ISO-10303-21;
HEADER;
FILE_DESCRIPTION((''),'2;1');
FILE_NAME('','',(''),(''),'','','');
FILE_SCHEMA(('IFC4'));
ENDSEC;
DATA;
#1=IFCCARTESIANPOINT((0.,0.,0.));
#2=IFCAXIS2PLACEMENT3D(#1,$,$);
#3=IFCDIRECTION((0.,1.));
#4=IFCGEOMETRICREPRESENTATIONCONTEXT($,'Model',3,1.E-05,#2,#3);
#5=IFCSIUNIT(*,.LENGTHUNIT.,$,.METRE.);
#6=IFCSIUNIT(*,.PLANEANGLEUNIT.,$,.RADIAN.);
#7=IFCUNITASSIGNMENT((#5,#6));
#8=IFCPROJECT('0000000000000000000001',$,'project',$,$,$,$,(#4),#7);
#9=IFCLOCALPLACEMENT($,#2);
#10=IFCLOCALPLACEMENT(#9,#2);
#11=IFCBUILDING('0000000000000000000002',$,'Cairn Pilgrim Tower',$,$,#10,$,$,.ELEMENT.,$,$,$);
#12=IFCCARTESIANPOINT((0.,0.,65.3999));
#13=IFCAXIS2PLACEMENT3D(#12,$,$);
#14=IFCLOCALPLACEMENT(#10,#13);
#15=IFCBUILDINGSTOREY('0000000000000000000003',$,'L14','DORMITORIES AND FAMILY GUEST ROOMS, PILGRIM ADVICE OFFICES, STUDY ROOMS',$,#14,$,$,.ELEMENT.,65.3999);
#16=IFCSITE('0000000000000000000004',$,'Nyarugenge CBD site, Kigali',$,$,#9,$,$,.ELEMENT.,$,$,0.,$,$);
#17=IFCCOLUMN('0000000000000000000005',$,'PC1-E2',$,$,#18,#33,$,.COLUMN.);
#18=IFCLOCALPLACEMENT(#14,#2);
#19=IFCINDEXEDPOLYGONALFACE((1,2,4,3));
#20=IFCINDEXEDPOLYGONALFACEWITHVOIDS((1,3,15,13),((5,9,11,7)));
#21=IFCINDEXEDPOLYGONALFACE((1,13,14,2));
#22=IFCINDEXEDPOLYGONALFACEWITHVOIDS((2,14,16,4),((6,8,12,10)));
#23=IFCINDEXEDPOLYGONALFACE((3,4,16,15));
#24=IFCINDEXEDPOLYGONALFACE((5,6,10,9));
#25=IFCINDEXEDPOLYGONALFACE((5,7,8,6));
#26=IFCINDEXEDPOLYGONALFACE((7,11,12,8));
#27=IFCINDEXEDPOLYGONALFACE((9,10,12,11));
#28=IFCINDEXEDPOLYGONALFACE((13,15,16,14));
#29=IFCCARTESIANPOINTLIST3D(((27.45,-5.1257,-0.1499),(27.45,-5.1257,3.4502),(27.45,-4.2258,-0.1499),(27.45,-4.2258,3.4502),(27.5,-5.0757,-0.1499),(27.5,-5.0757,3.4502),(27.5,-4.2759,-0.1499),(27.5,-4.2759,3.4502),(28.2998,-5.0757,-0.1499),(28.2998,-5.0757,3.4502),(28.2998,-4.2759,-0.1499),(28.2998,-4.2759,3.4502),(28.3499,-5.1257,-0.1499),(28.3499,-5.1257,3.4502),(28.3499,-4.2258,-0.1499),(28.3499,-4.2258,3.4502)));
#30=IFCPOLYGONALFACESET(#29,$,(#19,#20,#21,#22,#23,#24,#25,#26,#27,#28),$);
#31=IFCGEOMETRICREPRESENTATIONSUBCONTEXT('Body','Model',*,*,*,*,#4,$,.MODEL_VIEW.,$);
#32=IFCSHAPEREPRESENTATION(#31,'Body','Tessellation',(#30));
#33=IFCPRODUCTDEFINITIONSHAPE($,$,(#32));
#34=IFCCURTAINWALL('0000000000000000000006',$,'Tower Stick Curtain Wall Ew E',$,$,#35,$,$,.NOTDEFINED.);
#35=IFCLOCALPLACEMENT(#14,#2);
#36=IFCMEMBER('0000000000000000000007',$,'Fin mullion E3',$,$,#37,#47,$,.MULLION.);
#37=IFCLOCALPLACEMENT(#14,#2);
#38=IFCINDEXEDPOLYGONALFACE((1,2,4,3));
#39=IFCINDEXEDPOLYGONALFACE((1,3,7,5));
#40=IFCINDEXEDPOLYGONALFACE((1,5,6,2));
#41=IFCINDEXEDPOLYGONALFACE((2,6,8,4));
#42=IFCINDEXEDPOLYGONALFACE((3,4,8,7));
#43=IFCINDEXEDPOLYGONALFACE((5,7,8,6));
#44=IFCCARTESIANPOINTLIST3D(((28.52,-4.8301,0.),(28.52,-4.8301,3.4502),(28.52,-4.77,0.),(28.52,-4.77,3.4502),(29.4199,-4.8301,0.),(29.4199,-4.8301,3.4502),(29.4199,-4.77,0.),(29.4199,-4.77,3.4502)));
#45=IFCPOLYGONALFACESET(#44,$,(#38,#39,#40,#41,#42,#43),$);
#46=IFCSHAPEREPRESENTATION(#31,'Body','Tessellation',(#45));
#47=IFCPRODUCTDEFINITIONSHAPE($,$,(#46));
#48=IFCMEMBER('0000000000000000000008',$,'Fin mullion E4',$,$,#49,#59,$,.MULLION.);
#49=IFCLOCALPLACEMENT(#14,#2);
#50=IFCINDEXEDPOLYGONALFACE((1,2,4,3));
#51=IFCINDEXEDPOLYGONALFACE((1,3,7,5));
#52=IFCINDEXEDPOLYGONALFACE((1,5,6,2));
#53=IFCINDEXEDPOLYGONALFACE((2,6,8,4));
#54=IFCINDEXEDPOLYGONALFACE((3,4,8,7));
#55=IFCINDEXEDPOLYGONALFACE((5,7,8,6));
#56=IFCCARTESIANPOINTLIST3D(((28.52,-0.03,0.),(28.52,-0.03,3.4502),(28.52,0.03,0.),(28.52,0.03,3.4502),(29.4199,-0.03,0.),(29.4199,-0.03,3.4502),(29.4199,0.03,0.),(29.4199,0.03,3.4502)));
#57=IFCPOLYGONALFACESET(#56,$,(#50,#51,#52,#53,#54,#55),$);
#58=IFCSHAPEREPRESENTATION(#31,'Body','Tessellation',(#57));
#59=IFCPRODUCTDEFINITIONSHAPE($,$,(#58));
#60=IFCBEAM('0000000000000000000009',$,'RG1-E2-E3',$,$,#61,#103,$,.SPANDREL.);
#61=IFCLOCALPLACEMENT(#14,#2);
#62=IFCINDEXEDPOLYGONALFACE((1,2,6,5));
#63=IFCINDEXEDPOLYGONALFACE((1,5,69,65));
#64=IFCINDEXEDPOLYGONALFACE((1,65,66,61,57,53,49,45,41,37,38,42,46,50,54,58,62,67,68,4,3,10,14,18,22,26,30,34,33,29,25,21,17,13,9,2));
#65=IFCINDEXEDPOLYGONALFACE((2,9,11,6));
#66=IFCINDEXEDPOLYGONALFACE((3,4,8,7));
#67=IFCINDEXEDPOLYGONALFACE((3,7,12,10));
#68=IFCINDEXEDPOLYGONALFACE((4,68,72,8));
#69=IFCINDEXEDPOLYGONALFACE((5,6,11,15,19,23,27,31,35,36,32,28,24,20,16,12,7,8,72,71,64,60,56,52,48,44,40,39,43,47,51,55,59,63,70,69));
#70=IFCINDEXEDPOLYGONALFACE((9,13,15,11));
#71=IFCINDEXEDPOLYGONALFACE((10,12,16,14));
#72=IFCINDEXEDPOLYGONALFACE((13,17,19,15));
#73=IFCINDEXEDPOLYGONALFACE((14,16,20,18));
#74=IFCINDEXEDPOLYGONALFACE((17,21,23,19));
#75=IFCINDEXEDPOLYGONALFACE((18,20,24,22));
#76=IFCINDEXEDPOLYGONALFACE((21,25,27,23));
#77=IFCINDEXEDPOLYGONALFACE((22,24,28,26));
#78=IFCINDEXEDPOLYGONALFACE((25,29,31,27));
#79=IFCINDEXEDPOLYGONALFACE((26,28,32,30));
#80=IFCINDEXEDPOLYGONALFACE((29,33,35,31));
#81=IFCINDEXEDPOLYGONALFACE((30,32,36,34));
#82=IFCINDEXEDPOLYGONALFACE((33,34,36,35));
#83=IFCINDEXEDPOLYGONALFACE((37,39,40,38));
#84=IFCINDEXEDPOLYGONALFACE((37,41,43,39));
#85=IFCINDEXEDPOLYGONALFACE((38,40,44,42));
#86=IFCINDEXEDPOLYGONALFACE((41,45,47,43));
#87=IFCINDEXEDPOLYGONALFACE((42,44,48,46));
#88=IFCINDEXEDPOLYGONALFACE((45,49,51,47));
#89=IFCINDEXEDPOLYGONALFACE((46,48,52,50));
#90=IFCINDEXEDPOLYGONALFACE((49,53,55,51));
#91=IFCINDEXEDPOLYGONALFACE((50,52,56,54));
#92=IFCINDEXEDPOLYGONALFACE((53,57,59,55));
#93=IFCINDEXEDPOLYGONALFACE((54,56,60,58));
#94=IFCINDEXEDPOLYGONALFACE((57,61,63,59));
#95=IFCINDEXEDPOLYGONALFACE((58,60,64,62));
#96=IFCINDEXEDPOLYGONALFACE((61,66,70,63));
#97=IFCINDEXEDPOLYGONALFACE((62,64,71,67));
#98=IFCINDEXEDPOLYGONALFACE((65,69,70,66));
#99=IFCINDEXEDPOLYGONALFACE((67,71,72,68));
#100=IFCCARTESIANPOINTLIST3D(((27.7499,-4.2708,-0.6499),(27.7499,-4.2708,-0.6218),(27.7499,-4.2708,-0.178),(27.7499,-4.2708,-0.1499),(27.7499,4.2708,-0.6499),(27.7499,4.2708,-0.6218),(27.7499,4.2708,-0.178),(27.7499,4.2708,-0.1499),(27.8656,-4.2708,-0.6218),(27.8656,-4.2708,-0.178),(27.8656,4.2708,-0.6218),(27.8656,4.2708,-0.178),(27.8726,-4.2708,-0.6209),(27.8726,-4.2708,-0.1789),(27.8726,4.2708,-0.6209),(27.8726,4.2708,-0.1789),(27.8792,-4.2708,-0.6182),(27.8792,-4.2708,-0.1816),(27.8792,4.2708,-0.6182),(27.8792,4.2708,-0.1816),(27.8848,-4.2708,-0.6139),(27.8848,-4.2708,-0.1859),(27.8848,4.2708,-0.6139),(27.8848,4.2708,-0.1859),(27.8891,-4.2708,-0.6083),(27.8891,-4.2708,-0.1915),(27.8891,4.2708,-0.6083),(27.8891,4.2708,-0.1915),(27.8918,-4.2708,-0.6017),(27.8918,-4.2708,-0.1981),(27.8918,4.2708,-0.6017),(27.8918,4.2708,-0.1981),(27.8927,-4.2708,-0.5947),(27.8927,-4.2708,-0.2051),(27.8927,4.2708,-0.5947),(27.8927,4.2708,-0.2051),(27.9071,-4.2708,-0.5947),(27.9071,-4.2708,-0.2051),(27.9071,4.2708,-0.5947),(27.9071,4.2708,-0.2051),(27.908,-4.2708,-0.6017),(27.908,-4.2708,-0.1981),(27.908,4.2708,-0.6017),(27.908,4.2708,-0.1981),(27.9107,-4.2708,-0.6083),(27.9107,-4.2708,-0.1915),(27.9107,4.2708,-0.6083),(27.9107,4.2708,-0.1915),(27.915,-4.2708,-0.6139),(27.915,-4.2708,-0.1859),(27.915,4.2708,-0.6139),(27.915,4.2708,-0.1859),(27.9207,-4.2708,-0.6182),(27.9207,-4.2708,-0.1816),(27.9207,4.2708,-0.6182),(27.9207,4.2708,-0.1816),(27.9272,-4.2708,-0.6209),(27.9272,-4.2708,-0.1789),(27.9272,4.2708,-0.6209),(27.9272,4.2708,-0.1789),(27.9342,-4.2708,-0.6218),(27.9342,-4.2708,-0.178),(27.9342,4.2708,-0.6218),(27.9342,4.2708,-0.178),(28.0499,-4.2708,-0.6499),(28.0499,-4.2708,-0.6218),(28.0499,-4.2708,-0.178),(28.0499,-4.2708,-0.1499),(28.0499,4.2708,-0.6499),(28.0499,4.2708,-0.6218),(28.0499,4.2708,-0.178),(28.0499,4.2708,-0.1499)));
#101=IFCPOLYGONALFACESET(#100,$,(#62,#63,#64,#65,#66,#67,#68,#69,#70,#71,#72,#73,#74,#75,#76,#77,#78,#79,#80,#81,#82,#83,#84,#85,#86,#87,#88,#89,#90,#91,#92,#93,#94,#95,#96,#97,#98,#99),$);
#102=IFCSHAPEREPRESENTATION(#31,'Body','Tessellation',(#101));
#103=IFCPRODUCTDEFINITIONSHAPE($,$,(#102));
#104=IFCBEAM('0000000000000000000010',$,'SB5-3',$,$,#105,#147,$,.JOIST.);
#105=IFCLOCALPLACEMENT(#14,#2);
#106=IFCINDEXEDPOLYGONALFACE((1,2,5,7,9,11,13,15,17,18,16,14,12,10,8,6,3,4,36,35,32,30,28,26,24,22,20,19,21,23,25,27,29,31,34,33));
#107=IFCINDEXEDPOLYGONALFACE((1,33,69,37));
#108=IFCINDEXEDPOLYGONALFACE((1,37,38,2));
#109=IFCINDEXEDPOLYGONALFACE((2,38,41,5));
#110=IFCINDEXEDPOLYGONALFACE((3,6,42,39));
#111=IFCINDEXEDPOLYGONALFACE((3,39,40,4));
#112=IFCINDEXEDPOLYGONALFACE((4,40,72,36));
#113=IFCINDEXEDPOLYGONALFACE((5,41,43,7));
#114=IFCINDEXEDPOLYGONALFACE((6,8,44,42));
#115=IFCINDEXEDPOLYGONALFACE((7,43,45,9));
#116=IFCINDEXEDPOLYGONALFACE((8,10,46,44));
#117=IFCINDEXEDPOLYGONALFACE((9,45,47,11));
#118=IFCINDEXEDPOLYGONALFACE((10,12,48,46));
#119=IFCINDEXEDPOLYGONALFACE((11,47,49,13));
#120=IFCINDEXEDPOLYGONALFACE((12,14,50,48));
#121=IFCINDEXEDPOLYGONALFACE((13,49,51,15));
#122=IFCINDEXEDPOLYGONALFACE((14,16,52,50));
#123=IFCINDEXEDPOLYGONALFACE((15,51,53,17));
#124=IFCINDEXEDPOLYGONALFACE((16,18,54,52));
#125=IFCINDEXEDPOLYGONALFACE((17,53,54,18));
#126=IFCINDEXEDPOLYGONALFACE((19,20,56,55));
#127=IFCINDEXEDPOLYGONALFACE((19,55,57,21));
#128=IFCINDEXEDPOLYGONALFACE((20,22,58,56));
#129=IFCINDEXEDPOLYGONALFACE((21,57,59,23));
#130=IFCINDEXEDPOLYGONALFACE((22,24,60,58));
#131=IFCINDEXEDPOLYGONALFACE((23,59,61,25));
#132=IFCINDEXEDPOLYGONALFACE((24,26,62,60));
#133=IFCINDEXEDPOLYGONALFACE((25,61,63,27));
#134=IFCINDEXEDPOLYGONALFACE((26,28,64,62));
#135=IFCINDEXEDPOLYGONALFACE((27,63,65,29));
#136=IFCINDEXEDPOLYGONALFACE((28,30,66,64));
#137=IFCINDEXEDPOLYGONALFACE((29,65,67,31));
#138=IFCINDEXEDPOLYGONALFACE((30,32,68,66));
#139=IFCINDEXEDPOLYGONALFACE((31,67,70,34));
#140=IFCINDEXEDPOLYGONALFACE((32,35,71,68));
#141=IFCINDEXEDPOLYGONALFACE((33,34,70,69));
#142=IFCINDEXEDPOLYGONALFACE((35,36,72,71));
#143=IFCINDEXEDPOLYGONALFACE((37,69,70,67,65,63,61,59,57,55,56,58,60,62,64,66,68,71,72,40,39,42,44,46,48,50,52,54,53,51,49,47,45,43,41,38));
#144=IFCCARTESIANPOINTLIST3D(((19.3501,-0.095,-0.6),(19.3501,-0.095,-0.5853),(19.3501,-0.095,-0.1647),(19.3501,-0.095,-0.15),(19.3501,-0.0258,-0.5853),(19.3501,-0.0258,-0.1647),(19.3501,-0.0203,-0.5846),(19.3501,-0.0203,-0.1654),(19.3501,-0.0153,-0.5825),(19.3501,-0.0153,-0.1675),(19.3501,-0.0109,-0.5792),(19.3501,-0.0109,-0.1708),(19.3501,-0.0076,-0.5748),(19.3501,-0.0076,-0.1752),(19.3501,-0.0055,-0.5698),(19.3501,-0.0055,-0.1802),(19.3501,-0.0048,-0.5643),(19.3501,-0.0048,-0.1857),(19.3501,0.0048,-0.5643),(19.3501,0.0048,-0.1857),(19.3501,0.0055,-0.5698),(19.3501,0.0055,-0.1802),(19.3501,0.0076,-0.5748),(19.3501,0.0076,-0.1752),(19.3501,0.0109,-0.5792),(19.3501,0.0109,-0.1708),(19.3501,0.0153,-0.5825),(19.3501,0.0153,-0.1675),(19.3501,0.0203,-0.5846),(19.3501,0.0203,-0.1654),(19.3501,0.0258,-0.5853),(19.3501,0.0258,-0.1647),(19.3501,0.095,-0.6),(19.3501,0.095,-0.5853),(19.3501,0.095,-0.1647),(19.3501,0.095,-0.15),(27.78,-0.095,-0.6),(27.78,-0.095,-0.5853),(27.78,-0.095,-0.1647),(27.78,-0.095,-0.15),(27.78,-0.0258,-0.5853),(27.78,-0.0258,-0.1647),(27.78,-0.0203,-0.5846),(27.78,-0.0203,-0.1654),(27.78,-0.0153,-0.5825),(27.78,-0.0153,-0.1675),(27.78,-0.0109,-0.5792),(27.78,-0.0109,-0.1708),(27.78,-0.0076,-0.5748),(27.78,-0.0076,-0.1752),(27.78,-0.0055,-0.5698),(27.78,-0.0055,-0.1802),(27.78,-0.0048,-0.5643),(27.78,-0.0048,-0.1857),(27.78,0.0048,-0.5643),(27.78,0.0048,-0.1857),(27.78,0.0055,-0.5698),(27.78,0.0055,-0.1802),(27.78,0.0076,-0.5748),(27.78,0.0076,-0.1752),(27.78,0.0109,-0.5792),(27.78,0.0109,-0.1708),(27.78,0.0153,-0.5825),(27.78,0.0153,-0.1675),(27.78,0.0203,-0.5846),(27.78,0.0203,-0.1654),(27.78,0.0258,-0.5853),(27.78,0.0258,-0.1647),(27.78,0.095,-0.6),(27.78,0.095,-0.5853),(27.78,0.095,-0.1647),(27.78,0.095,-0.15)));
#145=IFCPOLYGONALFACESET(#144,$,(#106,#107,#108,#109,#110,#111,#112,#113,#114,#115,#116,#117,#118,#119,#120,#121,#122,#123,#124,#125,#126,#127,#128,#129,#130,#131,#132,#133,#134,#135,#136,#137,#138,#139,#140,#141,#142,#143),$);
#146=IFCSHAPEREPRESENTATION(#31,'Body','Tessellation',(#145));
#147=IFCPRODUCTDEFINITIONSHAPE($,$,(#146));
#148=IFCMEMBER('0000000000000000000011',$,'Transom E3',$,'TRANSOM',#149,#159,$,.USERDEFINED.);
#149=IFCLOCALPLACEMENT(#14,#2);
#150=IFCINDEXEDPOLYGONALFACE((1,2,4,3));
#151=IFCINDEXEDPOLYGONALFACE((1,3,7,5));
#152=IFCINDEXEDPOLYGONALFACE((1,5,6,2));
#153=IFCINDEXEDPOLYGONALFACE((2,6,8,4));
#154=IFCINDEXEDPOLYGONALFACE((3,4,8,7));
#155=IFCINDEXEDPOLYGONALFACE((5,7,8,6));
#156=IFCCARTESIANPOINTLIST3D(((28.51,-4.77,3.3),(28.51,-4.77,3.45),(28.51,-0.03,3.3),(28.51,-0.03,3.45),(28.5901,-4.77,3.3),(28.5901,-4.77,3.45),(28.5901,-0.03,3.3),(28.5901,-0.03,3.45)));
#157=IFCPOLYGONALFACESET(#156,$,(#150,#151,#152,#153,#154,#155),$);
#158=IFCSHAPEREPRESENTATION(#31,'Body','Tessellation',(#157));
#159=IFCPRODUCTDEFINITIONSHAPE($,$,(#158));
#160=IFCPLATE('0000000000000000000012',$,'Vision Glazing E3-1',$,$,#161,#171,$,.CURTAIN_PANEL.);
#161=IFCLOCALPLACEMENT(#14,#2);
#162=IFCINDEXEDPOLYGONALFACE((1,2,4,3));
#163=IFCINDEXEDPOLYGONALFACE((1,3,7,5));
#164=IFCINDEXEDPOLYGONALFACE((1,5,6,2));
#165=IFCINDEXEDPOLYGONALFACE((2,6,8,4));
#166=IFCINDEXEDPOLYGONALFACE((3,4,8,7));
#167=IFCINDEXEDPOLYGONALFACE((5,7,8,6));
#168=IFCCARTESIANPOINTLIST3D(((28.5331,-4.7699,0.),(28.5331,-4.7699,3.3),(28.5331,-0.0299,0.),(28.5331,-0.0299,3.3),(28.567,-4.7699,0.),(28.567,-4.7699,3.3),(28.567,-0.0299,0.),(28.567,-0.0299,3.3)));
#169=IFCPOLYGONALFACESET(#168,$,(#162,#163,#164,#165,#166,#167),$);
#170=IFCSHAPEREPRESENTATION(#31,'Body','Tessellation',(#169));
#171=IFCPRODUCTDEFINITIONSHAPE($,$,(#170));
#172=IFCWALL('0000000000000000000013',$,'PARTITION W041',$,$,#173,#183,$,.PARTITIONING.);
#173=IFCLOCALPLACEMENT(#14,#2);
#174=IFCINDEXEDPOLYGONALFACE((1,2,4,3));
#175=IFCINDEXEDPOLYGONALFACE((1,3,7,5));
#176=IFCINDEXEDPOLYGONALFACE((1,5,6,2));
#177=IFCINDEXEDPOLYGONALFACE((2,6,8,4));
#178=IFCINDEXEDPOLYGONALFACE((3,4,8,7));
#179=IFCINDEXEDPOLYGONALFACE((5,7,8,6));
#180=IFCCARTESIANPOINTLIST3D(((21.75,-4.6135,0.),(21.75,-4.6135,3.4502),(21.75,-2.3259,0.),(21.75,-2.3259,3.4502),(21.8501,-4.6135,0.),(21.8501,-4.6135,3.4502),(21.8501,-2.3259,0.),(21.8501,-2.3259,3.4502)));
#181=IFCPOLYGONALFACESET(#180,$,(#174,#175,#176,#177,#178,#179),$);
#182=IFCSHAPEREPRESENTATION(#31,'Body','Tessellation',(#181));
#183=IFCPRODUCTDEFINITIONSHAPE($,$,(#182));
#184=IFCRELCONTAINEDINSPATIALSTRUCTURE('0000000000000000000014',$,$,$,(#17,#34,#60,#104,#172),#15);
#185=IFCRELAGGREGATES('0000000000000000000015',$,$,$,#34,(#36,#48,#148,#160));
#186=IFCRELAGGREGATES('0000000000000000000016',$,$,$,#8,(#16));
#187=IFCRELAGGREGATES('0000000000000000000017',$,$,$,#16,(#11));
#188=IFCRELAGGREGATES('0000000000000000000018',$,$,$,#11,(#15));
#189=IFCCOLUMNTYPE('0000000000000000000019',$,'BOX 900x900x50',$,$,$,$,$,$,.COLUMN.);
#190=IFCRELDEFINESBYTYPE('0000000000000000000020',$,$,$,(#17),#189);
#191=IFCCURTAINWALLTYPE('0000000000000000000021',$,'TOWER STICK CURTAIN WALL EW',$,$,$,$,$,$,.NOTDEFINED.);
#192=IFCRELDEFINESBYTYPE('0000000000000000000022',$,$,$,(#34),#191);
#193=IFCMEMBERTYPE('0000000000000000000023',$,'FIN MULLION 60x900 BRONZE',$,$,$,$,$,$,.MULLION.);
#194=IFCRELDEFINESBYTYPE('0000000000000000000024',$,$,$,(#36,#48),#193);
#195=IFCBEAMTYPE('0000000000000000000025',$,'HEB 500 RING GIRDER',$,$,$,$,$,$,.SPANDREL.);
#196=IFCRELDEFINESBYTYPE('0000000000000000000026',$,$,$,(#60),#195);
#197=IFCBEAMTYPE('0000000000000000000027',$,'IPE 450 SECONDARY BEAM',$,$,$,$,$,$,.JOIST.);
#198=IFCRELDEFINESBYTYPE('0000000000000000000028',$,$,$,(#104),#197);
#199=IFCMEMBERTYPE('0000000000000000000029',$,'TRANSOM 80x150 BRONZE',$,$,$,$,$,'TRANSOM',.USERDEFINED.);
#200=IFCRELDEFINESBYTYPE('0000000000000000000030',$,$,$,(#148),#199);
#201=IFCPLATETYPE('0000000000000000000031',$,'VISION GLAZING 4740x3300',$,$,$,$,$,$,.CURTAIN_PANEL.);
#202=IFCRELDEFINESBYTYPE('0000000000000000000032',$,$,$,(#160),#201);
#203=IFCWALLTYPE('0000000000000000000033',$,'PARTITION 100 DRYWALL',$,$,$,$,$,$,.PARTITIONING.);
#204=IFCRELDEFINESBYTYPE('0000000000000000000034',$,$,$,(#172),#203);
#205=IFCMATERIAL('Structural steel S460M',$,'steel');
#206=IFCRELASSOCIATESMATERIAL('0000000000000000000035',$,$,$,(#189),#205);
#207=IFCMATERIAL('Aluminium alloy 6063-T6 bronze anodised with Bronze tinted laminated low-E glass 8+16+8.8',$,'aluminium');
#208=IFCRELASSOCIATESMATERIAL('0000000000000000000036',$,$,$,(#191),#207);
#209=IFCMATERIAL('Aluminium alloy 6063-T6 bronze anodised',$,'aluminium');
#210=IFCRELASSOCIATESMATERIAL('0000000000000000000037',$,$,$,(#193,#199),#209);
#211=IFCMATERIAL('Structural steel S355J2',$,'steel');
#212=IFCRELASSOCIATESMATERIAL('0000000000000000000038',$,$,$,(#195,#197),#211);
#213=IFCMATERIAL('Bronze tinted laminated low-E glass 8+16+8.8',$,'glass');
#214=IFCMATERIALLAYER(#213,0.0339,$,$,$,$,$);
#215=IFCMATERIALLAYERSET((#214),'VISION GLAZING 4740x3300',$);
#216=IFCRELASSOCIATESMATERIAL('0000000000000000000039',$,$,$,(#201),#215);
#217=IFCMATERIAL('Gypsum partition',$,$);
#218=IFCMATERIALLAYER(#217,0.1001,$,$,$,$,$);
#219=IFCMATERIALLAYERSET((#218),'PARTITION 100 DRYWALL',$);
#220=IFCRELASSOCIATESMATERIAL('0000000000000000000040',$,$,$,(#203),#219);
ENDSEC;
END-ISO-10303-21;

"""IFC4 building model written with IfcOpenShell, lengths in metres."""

from ifc_helpers import new_model, si_unit, direction, frame, frame_2d, origin, origin_2d, place, context, subcontext, project, spatial, rectangle, hollow_rectangle, i_section, extrude, material, layer, layer_set, material_profile, profile_set, type_object, element, aggregate, save


model = new_model("IFC4")

# Units and contexts
model_context = context("Model", 3, precision=1e-05, world=origin(), true_north=direction((0.0, 1.0)))
body_context = subcontext(model_context, "Body", "Model", "MODEL_VIEW")
ifc_project = project(units=[si_unit("LENGTHUNIT", "METRE"), si_unit("PLANEANGLEUNIT", "RADIAN")], contexts=[model_context])

# Site, building, storey
site_placement = place(None, origin())
site = spatial("IfcSite", under=ifc_project, at=site_placement, Name="Nyarugenge CBD site, Kigali", CompositionType="ELEMENT", RefElevation=0.0)
building_placement = place(site_placement, origin())
building = spatial("IfcBuilding", under=site, at=building_placement, Name="Cairn Pilgrim Tower", CompositionType="ELEMENT")
storey_placement = place(building_placement, frame((0.0, 0.0, 65.3999)))
storey = spatial("IfcBuildingStorey", under=building, at=storey_placement, Name="L14", Description="DORMITORIES AND FAMILY GUEST ROOMS, PILGRIM ADVICE OFFICES, STUDY ROOMS", CompositionType="ELEMENT", Elevation=65.3999)

# Column
ifc_material_1 = material(Name="Structural steel S460M", Category="steel")
ifc_material_profile_1 = material_profile(ifc_material_1, hollow_rectangle(XDim=0.8999, YDim=0.8999, WallThickness=0.05, at=origin_2d()), Name="BOX 900x900x50")
ifc_profile_set_1 = profile_set([ifc_material_profile_1], Name="Structural steel S460M")
column_type = type_object("IfcColumnType", Name="BOX 900x900x50", PredefinedType="COLUMN", material=ifc_profile_set_1)
column_placement = place(storey_placement, frame((27.8999, -4.6758, -0.1499), z_axis=(0.0, 0.0, 1.0), x_axis=(1.0, 0.0, 0.0)))
element("IfcColumn", 1, at=column_placement, inside=storey, type_object=column_type, Name="PC1-E2", PredefinedType="COLUMN", context=body_context, shape_type="SweptSolid", body=[
    extrude(hollow_rectangle(XDim=0.8999, YDim=0.8999, WallThickness=0.05, at=origin_2d()), origin(), (0.0, 0.0, 1.0), 3.6001),
])

# Curtain wall, members
ifc_material_2 = material(Name="Aluminium alloy 6063-T6 bronze anodised with Bronze tinted laminated low-E glass 8+16+8.8", Category="aluminium")
curtain_wall_type = type_object("IfcCurtainWallType", Name="TOWER STICK CURTAIN WALL EW", PredefinedType="NOTDEFINED", material=ifc_material_2)
curtain_wall_placement = place(storey_placement, origin())
curtain_wall = element("IfcCurtainWall", 2, at=curtain_wall_placement, inside=storey, type_object=curtain_wall_type, Name="Tower Stick Curtain Wall Ew E", PredefinedType="NOTDEFINED")
ifc_material_3 = material(Name="Aluminium alloy 6063-T6 bronze anodised", Category="aluminium")
ifc_material_profile_2 = material_profile(ifc_material_3, rectangle(XDim=0.8999, YDim=0.0601, at=origin_2d()), Name="FIN MULLION 60x900 BRONZE")
ifc_profile_set_2 = profile_set([ifc_material_profile_2], Name="Aluminium alloy 6063-T6 bronze anodised")
member_type_1 = type_object("IfcMemberType", Name="FIN MULLION 60x900 BRONZE", PredefinedType="MULLION", material=ifc_profile_set_2)
member_1_placement = place(storey_placement, frame((28.97, -4.8, 0.0), z_axis=(0.0, 0.0, 1.0), x_axis=(1.0, 0.0, 0.0)))
member_1 = element("IfcMember", 3, at=member_1_placement, type_object=member_type_1, Name="Fin mullion E3", PredefinedType="MULLION", context=body_context, shape_type="SweptSolid", body=[
    extrude(rectangle(XDim=0.8999, YDim=0.0601, at=origin_2d()), origin(), (0.0, 0.0, 1.0), 3.4502),
])
member_2_placement = place(storey_placement, frame((28.97, 0.0, 0.0), z_axis=(0.0, 0.0, 1.0), x_axis=(1.0, 0.0, 0.0)))
member_2 = element("IfcMember", 4, at=member_2_placement, type_object=member_type_1, Name="Fin mullion E4", PredefinedType="MULLION", context=body_context, shape_type="SweptSolid", body=[
    extrude(rectangle(XDim=0.8999, YDim=0.0601, at=origin_2d()), origin(), (0.0, 0.0, 1.0), 3.4502),
])

# Beams
ifc_material_4 = material(Name="Structural steel S355J2", Category="steel")
ifc_material_profile_3 = material_profile(ifc_material_4, i_section(OverallWidth=0.3, OverallDepth=0.5, WebThickness=0.0144, FlangeThickness=0.0281, FilletRadius=0.0271, at=origin_2d()), Name="HEB 500")
ifc_profile_set_3 = profile_set([ifc_material_profile_3], Name="Structural steel S355J2")
beam_type_1 = type_object("IfcBeamType", Name="HEB 500 RING GIRDER", PredefinedType="SPANDREL", material=ifc_profile_set_3)
beam_1_placement = place(storey_placement, frame((27.8999, -4.2708, -0.3999), z_axis=(0.0, 1.0, 0.0), x_axis=(-1.0, 0.0, 0.0)))
element("IfcBeam", 5, at=beam_1_placement, inside=storey, type_object=beam_type_1, Name="RG1-E2-E3", PredefinedType="SPANDREL", context=body_context, shape_type="SweptSolid", body=[
    extrude(i_section(OverallWidth=0.3, OverallDepth=0.5, WebThickness=0.0144, FlangeThickness=0.0281, FilletRadius=0.0271, at=origin_2d()), origin(), (0.0, 0.0, 1.0), 8.5415),
])
ifc_material_profile_4 = material_profile(ifc_material_4, i_section(OverallWidth=0.1899, OverallDepth=0.45, WebThickness=0.0095, FlangeThickness=0.0146, FilletRadius=0.021, at=origin_2d()), Name="IPE 450")
ifc_profile_set_4 = profile_set([ifc_material_profile_4], Name="Structural steel S355J2")
beam_type_2 = type_object("IfcBeamType", Name="IPE 450 SECONDARY BEAM", PredefinedType="JOIST", material=ifc_profile_set_4)
beam_2_placement = place(storey_placement, frame((19.3501, 0.0, -0.375), z_axis=(1.0, 0.0, 0.0), x_axis=(0.0, 1.0, 0.0)))
element("IfcBeam", 6, at=beam_2_placement, inside=storey, type_object=beam_type_2, Name="SB5-3", PredefinedType="JOIST", context=body_context, shape_type="SweptSolid", body=[
    extrude(i_section(OverallWidth=0.1899, OverallDepth=0.45, WebThickness=0.0095, FlangeThickness=0.0146, FilletRadius=0.021, at=origin_2d()), origin(), (0.0, 0.0, 1.0), 8.4299),
])

# Member
ifc_material_profile_5 = material_profile(ifc_material_3, rectangle(XDim=0.0801, YDim=0.1499, at=origin_2d()), Name="TRANSOM 80x150 BRONZE")
ifc_profile_set_5 = profile_set([ifc_material_profile_5], Name="Aluminium alloy 6063-T6 bronze anodised")
member_type_2 = type_object("IfcMemberType", Name="TRANSOM 80x150 BRONZE", ElementType="TRANSOM", PredefinedType="USERDEFINED", material=ifc_profile_set_5)
member_3_placement = place(storey_placement, frame((28.55, -4.77, 3.375), z_axis=(0.0, 1.0, 0.0), x_axis=(-1.0, 0.0, 0.0)))
member_3 = element("IfcMember", 7, at=member_3_placement, type_object=member_type_2, Name="Transom E3", ObjectType="TRANSOM", PredefinedType="USERDEFINED", context=body_context, shape_type="SweptSolid", body=[
    extrude(rectangle(XDim=0.0801, YDim=0.1499, at=origin_2d()), origin(), (0.0, 0.0, 1.0), 4.74),
])

# Plate
ifc_material_5 = material(Name="Bronze tinted laminated low-E glass 8+16+8.8", Category="glass")
ifc_layer_1 = layer(ifc_material_5, 0.0339)
ifc_layer_set_1 = layer_set([ifc_layer_1], Name="VISION GLAZING 4740x3300")
plate_type = type_object("IfcPlateType", Name="VISION GLAZING 4740x3300", PredefinedType="CURTAIN_PANEL", material=ifc_layer_set_1)
plate_placement = place(storey_placement, frame((28.55, -2.3999, 0.0), z_axis=(0.0, 0.0, 1.0), x_axis=(0.0, 1.0, 0.0)))
plate = element("IfcPlate", 8, at=plate_placement, type_object=plate_type, Name="Vision Glazing E3-1", PredefinedType="CURTAIN_PANEL", context=body_context, shape_type="SweptSolid", body=[
    extrude(rectangle(XDim=4.74, YDim=0.0339, at=origin_2d()), origin(), (0.0, 0.0, 1.0), 3.3),
])
aggregate(curtain_wall, [member_1, member_2, member_3, plate])

# Wall
ifc_material_6 = material(Name="Gypsum partition")
ifc_layer_2 = layer(ifc_material_6, 0.1001)
ifc_layer_set_2 = layer_set([ifc_layer_2], Name="PARTITION 100 DRYWALL")
wall_type_1 = type_object("IfcWallType", Name="PARTITION 100 DRYWALL", PredefinedType="PARTITIONING", material=ifc_layer_set_2)
wall_1_placement = place(storey_placement, frame((21.8, -4.6135, 0.0), z_axis=(0.0, 0.0, 1.0), x_axis=(0.0, 1.0, 0.0)))
element("IfcWall", 9, at=wall_1_placement, inside=storey, type_object=wall_type_1, Name="PARTITION W041", PredefinedType="PARTITIONING", context=body_context, shape_type="SweptSolid", body=[
    extrude(rectangle(XDim=2.2876, YDim=0.1001, at=frame_2d((1.1438, 0.0))), origin(), (0.0, 0.0, 1.0), 3.4502),
])

save(model, "model.ifc")
